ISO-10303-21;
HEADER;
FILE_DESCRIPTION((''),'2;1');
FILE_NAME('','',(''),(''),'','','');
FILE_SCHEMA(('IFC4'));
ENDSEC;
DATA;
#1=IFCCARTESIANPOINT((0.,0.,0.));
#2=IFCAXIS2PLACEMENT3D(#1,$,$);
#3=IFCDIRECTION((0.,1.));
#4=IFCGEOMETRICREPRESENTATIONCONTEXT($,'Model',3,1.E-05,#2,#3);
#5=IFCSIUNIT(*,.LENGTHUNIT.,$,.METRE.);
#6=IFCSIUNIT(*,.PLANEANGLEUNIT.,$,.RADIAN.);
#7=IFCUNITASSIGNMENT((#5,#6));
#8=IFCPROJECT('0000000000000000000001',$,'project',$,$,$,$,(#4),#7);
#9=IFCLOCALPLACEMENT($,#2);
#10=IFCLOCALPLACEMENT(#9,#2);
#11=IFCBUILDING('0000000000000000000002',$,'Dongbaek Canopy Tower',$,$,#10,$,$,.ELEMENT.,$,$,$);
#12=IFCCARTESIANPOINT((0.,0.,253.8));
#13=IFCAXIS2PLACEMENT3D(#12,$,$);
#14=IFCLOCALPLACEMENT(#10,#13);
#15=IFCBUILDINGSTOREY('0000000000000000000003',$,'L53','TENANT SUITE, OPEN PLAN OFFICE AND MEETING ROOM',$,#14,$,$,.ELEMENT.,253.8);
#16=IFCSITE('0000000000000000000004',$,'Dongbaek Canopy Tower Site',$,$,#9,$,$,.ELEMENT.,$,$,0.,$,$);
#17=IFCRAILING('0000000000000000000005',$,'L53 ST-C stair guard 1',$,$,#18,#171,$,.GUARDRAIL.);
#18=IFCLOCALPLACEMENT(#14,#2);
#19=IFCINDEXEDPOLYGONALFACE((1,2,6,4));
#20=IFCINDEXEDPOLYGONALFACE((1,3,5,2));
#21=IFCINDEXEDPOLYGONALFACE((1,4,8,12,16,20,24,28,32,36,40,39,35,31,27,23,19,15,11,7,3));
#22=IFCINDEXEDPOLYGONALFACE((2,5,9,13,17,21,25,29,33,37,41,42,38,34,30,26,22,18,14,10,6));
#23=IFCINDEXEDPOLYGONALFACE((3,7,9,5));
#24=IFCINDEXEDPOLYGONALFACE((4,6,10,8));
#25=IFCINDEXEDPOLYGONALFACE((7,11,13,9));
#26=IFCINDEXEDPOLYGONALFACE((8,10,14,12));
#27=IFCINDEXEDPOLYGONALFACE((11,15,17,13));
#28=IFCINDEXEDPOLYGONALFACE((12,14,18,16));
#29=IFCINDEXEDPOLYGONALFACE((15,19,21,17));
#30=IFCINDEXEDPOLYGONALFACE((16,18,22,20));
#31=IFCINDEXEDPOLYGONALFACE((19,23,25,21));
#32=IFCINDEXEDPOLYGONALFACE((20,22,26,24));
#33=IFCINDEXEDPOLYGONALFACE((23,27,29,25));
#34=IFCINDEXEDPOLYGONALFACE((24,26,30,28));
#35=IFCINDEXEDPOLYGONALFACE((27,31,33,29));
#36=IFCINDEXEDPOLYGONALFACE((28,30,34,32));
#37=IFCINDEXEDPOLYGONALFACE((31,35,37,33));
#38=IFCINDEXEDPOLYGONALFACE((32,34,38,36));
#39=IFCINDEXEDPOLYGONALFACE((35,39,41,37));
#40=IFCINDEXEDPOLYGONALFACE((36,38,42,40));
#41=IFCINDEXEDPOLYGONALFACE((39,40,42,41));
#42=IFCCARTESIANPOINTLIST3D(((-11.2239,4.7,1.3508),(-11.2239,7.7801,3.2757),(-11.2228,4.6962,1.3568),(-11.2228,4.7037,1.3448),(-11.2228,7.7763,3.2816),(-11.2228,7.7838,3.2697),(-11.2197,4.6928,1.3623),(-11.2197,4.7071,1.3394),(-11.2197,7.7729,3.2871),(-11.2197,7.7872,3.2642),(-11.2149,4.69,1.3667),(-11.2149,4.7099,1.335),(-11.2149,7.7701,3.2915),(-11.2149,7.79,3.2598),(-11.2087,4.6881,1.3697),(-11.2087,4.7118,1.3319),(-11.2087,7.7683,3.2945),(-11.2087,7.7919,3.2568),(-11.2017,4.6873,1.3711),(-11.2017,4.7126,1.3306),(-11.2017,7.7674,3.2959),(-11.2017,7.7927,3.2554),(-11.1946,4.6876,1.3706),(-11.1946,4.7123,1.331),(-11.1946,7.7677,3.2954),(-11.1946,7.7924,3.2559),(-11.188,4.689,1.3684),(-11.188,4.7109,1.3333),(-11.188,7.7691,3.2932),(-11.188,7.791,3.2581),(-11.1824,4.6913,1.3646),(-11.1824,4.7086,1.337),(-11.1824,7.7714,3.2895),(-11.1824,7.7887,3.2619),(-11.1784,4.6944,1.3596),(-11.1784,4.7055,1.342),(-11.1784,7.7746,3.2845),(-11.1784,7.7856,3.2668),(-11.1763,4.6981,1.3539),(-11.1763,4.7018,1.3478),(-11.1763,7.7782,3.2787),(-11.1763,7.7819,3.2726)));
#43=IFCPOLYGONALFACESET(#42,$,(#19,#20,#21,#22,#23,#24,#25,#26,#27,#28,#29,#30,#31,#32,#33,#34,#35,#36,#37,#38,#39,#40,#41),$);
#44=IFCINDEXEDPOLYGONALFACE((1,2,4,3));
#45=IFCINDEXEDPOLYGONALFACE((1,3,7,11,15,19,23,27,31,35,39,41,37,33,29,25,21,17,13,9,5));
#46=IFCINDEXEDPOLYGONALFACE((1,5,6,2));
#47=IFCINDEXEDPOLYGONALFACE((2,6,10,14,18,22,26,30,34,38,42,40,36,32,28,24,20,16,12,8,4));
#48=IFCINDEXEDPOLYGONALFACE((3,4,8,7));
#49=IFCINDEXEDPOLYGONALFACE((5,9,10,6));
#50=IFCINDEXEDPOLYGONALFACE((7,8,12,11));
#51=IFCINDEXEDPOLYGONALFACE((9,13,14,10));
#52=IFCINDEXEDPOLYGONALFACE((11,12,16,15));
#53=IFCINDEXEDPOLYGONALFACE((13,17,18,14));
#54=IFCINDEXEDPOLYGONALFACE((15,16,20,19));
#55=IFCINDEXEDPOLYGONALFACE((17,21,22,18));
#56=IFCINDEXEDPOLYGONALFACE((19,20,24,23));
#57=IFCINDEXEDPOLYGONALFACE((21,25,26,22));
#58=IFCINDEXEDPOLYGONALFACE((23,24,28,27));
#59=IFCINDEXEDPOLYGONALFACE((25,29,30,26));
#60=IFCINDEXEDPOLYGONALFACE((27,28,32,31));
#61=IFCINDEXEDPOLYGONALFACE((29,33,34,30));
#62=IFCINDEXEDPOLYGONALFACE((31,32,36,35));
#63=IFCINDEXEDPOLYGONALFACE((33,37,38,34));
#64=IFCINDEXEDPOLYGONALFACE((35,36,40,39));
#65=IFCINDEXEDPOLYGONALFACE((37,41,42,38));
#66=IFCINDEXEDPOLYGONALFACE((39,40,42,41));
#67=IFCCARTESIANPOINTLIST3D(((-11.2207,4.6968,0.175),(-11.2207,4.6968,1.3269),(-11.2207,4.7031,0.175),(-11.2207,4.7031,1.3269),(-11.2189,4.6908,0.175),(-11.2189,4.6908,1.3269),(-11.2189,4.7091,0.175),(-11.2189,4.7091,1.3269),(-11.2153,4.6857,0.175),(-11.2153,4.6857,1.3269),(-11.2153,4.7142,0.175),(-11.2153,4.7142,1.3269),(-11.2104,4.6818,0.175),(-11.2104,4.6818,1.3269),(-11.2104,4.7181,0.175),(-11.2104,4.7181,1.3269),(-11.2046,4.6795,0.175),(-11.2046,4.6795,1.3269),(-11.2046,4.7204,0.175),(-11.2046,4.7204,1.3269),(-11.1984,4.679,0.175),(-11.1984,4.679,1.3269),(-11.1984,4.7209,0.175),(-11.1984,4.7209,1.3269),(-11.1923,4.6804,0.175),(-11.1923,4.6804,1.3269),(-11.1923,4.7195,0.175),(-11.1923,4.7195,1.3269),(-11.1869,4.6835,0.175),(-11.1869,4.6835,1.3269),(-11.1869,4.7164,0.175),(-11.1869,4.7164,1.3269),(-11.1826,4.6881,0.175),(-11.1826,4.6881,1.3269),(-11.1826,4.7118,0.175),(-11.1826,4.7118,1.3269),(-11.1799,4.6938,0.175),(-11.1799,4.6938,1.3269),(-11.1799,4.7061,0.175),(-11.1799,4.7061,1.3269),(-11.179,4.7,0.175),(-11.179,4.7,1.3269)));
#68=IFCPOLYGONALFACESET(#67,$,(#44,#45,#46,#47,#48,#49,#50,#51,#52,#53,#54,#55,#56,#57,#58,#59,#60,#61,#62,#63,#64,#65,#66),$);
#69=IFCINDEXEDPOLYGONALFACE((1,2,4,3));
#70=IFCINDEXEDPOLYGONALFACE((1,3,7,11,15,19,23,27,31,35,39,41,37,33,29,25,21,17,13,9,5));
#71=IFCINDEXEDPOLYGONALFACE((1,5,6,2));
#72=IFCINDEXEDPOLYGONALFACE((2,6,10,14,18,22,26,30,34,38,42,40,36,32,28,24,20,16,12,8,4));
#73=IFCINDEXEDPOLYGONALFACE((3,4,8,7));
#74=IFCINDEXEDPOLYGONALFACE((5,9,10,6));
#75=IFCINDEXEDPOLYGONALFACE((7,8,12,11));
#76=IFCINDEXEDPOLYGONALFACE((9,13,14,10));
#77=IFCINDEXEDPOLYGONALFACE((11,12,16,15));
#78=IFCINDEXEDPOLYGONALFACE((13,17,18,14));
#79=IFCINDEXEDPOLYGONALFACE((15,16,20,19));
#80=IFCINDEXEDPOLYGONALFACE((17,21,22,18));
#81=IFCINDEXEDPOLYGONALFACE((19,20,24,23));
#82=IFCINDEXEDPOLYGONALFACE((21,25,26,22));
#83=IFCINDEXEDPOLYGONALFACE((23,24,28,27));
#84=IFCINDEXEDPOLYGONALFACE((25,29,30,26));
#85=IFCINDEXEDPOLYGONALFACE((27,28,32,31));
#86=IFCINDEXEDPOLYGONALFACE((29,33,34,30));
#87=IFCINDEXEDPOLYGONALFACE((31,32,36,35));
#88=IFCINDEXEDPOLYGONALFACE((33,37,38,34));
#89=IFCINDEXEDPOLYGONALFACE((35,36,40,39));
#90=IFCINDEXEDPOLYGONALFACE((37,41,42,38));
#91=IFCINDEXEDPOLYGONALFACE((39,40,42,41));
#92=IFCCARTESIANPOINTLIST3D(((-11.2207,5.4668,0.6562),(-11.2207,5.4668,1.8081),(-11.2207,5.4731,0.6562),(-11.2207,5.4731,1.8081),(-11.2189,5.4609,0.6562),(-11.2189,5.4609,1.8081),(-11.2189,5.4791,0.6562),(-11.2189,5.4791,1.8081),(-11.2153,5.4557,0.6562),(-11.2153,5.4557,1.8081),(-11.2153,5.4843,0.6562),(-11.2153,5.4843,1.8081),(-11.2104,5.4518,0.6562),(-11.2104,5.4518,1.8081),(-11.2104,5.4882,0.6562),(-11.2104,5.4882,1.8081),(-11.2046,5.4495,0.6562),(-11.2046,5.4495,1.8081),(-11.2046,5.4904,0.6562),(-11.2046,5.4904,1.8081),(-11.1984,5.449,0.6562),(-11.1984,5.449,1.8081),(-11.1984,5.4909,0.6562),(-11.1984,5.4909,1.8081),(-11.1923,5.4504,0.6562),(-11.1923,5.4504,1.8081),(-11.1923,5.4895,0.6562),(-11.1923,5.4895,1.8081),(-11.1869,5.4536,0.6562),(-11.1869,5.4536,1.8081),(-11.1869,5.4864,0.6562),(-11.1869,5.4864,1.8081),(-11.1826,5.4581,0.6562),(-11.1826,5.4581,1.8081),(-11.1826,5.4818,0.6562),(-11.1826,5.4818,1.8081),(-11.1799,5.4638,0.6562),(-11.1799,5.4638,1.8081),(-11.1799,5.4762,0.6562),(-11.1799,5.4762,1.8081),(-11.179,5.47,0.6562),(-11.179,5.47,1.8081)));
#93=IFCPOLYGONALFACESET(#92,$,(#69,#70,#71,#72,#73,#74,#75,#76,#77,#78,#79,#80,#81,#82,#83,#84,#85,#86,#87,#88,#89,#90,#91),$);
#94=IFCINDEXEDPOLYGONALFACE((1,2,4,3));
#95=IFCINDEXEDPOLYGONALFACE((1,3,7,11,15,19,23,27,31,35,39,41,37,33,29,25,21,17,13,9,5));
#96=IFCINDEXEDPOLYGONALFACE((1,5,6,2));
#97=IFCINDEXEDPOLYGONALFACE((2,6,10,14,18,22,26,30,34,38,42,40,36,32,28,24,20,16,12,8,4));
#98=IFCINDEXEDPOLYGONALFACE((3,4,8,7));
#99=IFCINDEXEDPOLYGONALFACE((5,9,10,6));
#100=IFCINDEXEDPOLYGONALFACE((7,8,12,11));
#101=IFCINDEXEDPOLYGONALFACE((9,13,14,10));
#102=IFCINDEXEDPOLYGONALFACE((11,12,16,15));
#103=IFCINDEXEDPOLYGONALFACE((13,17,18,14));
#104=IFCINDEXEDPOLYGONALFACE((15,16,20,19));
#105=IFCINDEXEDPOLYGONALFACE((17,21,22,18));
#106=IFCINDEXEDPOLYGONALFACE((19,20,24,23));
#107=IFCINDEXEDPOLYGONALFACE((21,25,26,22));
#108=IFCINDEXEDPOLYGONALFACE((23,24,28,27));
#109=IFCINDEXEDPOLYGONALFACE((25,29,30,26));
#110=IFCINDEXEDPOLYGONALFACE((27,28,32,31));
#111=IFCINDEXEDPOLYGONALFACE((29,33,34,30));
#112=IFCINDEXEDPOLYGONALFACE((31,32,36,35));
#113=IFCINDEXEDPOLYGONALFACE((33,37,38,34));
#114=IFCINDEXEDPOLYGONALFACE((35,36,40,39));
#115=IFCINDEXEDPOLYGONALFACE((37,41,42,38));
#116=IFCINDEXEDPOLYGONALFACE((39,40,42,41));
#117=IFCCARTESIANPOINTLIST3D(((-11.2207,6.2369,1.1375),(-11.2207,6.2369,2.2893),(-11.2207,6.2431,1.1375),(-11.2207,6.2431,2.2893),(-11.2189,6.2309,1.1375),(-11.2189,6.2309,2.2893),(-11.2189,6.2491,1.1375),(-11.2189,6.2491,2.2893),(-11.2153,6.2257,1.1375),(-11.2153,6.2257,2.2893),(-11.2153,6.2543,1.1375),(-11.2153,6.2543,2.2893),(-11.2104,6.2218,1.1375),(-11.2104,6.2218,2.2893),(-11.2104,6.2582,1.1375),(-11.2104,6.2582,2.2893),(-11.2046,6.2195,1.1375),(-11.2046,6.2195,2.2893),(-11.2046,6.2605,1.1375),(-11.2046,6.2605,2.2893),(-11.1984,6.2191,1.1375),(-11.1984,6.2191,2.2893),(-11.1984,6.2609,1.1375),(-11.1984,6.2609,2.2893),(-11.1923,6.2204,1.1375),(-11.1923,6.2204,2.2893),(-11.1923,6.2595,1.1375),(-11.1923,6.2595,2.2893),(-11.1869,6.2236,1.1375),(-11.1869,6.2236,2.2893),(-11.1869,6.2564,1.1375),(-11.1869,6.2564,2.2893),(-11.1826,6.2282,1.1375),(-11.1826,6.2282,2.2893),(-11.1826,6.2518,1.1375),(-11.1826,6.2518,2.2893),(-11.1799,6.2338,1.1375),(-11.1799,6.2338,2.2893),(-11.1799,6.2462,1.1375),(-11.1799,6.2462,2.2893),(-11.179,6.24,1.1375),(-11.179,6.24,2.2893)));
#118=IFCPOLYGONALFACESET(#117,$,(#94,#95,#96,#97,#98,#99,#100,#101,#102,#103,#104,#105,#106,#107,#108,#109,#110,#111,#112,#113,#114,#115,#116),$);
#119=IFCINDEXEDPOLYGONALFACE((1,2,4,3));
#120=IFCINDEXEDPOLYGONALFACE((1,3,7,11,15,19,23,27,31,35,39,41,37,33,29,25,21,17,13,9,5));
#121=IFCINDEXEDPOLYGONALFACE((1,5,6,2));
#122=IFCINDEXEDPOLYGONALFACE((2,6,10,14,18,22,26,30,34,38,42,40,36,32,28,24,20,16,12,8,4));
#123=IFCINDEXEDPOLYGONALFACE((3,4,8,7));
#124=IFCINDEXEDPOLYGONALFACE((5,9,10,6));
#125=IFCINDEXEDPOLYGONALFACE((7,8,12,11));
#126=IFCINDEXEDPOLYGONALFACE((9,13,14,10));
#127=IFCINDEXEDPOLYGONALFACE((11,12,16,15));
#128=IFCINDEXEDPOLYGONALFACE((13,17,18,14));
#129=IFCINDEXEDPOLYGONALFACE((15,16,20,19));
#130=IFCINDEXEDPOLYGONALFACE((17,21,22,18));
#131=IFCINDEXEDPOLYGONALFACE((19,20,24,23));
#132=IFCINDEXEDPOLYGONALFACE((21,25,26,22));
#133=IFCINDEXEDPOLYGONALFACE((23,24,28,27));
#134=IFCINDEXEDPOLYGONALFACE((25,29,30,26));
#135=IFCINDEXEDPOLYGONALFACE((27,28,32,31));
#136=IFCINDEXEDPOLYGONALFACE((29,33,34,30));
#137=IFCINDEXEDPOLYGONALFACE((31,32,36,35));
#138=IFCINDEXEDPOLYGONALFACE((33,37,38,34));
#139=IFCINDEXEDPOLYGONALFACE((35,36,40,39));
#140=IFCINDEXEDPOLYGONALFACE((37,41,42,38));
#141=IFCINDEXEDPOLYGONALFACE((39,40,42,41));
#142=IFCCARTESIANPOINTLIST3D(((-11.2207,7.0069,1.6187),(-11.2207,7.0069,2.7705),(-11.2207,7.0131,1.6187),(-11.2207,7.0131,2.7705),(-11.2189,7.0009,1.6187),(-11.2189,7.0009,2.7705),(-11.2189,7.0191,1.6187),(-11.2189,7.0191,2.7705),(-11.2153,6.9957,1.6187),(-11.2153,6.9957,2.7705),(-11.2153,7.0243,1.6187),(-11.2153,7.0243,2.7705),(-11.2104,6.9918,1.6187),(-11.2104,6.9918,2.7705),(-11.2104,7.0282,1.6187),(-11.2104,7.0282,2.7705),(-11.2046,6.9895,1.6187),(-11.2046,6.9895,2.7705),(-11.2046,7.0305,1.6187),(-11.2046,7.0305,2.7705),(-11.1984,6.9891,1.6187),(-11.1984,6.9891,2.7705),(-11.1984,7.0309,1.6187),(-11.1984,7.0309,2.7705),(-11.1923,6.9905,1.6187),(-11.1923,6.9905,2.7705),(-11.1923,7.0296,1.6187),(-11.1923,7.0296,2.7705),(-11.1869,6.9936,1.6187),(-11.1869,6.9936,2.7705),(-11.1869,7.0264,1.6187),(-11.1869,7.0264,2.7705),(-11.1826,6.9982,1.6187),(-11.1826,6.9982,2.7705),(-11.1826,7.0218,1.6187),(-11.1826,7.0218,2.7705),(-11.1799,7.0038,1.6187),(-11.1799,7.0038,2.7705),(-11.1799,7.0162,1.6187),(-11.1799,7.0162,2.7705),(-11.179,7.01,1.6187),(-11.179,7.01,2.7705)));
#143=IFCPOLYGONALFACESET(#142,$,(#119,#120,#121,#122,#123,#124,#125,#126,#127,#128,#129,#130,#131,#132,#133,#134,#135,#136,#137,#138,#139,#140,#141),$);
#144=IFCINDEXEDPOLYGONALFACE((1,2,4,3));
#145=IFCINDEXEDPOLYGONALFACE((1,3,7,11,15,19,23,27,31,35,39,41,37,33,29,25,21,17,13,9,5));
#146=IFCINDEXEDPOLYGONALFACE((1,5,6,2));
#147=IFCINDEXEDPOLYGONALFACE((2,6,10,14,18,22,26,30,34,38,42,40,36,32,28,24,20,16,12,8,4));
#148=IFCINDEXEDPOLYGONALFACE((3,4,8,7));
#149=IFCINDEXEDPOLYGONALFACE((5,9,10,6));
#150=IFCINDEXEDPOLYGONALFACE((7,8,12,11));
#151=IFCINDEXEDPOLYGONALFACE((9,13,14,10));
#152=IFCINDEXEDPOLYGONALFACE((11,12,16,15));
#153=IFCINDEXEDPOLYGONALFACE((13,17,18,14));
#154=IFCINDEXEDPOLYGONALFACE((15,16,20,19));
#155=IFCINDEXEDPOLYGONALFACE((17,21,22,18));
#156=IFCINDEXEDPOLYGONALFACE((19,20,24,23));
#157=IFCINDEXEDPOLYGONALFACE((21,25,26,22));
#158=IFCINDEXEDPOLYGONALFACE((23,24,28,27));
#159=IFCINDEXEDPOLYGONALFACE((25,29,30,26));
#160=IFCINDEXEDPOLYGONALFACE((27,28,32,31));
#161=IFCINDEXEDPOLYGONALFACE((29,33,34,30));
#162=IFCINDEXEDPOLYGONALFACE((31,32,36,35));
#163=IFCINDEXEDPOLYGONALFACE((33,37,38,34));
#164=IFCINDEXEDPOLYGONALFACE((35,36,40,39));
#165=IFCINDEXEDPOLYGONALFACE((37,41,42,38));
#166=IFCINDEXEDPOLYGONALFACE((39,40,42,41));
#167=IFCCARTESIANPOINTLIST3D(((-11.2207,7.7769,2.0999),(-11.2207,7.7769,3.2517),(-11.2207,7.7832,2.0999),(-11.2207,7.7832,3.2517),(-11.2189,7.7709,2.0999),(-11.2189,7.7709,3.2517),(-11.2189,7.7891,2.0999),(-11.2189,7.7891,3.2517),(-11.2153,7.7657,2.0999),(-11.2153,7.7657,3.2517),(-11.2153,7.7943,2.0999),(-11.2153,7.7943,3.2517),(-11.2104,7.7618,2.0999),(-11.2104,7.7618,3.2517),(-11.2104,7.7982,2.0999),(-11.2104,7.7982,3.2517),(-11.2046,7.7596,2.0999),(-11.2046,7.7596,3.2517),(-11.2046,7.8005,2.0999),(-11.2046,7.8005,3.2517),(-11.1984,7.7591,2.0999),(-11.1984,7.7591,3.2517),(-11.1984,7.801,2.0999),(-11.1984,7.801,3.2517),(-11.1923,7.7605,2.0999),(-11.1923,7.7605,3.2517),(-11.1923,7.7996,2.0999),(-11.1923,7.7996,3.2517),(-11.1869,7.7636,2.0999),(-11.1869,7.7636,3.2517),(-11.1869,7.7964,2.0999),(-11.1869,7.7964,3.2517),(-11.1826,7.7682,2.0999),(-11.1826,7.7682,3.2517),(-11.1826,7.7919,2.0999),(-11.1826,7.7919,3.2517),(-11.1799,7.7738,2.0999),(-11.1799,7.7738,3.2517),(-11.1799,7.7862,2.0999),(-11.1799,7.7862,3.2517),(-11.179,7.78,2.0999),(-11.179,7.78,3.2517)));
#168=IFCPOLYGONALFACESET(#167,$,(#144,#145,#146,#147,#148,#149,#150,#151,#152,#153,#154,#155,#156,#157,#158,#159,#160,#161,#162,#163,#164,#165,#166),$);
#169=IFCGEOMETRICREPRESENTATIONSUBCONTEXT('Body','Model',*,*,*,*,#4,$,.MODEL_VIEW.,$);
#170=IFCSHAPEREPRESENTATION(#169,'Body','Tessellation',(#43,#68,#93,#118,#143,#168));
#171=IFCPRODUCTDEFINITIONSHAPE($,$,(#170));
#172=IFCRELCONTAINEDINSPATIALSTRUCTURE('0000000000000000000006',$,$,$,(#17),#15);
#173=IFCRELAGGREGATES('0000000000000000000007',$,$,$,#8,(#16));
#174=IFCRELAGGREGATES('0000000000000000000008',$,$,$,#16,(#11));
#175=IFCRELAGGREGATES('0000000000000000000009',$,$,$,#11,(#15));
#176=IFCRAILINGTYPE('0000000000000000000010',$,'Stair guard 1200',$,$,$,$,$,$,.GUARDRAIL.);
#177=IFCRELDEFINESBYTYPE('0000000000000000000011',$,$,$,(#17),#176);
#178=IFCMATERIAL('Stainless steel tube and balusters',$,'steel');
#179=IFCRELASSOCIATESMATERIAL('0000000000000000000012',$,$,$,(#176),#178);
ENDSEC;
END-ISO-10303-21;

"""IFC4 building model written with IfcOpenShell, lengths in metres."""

from ifc_helpers import new_model, si_unit, direction, frame, origin, origin_2d, place, context, subcontext, project, spatial, circle, extrude, material, type_object, element, save


model = new_model("IFC4")

# Units and contexts
model_context = context("Model", 3, precision=1e-05, world=origin(), true_north=direction((0.0, 1.0)))
body_context = subcontext(model_context, "Body", "Model", "MODEL_VIEW")
ifc_project = project(units=[si_unit("LENGTHUNIT", "METRE"), si_unit("PLANEANGLEUNIT", "RADIAN")], contexts=[model_context])

# Site, building, storey
site_placement = place(None, origin())
site = spatial("IfcSite", under=ifc_project, at=site_placement, Name="Dongbaek Canopy Tower Site", CompositionType="ELEMENT", RefElevation=0.0)
building_placement = place(site_placement, origin())
building = spatial("IfcBuilding", under=site, at=building_placement, Name="Dongbaek Canopy Tower", CompositionType="ELEMENT")
storey_placement = place(building_placement, frame((0.0, 0.0, 253.8)))
storey = spatial("IfcBuildingStorey", under=building, at=storey_placement, Name="L53", Description="TENANT SUITE, OPEN PLAN OFFICE AND MEETING ROOM", CompositionType="ELEMENT", Elevation=253.8)

# Railing
ifc_material_1 = material(Name="Stainless steel tube and balusters", Category="steel")
railing_type = type_object("IfcRailingType", Name="Stair guard 1200", PredefinedType="GUARDRAIL", material=ifc_material_1)
railing_1_placement = place(storey_placement, frame((-11.2, 4.7, 0.175)))
element("IfcRailing", 1, at=railing_1_placement, inside=storey, type_object=railing_type, Name="L53 ST-C stair guard 1", PredefinedType="GUARDRAIL", context=body_context, shape_type="SweptSolid", body=[
    extrude(circle(Radius=0.0239, at=origin_2d()), frame((0.0, 0.0, 1.1758), z_axis=(0.0, 0.848029, 0.529951), x_axis=(-1.0, 0.0, 0.0)), (0.0, 0.0, 1.0), 3.6321),
    extrude(circle(Radius=0.021, at=origin_2d()), origin(), (0.0, 0.0, 1.0), 1.1519),
    extrude(circle(Radius=0.021, at=origin_2d()), frame((0.0, 0.77, 0.4812)), (0.0, 0.0, 1.0), 1.1519),
    extrude(circle(Radius=0.021, at=origin_2d()), frame((0.0, 1.54, 0.9624)), (0.0, 0.0, 1.0), 1.1519),
    extrude(circle(Radius=0.021, at=origin_2d()), frame((0.0, 2.3101, 1.4436)), (0.0, 0.0, 1.0), 1.1519),
    extrude(circle(Radius=0.021, at=origin_2d()), frame((0.0, 3.0801, 1.9248)), (0.0, 0.0, 1.0), 1.1519),
])

save(model, "model.ifc")
